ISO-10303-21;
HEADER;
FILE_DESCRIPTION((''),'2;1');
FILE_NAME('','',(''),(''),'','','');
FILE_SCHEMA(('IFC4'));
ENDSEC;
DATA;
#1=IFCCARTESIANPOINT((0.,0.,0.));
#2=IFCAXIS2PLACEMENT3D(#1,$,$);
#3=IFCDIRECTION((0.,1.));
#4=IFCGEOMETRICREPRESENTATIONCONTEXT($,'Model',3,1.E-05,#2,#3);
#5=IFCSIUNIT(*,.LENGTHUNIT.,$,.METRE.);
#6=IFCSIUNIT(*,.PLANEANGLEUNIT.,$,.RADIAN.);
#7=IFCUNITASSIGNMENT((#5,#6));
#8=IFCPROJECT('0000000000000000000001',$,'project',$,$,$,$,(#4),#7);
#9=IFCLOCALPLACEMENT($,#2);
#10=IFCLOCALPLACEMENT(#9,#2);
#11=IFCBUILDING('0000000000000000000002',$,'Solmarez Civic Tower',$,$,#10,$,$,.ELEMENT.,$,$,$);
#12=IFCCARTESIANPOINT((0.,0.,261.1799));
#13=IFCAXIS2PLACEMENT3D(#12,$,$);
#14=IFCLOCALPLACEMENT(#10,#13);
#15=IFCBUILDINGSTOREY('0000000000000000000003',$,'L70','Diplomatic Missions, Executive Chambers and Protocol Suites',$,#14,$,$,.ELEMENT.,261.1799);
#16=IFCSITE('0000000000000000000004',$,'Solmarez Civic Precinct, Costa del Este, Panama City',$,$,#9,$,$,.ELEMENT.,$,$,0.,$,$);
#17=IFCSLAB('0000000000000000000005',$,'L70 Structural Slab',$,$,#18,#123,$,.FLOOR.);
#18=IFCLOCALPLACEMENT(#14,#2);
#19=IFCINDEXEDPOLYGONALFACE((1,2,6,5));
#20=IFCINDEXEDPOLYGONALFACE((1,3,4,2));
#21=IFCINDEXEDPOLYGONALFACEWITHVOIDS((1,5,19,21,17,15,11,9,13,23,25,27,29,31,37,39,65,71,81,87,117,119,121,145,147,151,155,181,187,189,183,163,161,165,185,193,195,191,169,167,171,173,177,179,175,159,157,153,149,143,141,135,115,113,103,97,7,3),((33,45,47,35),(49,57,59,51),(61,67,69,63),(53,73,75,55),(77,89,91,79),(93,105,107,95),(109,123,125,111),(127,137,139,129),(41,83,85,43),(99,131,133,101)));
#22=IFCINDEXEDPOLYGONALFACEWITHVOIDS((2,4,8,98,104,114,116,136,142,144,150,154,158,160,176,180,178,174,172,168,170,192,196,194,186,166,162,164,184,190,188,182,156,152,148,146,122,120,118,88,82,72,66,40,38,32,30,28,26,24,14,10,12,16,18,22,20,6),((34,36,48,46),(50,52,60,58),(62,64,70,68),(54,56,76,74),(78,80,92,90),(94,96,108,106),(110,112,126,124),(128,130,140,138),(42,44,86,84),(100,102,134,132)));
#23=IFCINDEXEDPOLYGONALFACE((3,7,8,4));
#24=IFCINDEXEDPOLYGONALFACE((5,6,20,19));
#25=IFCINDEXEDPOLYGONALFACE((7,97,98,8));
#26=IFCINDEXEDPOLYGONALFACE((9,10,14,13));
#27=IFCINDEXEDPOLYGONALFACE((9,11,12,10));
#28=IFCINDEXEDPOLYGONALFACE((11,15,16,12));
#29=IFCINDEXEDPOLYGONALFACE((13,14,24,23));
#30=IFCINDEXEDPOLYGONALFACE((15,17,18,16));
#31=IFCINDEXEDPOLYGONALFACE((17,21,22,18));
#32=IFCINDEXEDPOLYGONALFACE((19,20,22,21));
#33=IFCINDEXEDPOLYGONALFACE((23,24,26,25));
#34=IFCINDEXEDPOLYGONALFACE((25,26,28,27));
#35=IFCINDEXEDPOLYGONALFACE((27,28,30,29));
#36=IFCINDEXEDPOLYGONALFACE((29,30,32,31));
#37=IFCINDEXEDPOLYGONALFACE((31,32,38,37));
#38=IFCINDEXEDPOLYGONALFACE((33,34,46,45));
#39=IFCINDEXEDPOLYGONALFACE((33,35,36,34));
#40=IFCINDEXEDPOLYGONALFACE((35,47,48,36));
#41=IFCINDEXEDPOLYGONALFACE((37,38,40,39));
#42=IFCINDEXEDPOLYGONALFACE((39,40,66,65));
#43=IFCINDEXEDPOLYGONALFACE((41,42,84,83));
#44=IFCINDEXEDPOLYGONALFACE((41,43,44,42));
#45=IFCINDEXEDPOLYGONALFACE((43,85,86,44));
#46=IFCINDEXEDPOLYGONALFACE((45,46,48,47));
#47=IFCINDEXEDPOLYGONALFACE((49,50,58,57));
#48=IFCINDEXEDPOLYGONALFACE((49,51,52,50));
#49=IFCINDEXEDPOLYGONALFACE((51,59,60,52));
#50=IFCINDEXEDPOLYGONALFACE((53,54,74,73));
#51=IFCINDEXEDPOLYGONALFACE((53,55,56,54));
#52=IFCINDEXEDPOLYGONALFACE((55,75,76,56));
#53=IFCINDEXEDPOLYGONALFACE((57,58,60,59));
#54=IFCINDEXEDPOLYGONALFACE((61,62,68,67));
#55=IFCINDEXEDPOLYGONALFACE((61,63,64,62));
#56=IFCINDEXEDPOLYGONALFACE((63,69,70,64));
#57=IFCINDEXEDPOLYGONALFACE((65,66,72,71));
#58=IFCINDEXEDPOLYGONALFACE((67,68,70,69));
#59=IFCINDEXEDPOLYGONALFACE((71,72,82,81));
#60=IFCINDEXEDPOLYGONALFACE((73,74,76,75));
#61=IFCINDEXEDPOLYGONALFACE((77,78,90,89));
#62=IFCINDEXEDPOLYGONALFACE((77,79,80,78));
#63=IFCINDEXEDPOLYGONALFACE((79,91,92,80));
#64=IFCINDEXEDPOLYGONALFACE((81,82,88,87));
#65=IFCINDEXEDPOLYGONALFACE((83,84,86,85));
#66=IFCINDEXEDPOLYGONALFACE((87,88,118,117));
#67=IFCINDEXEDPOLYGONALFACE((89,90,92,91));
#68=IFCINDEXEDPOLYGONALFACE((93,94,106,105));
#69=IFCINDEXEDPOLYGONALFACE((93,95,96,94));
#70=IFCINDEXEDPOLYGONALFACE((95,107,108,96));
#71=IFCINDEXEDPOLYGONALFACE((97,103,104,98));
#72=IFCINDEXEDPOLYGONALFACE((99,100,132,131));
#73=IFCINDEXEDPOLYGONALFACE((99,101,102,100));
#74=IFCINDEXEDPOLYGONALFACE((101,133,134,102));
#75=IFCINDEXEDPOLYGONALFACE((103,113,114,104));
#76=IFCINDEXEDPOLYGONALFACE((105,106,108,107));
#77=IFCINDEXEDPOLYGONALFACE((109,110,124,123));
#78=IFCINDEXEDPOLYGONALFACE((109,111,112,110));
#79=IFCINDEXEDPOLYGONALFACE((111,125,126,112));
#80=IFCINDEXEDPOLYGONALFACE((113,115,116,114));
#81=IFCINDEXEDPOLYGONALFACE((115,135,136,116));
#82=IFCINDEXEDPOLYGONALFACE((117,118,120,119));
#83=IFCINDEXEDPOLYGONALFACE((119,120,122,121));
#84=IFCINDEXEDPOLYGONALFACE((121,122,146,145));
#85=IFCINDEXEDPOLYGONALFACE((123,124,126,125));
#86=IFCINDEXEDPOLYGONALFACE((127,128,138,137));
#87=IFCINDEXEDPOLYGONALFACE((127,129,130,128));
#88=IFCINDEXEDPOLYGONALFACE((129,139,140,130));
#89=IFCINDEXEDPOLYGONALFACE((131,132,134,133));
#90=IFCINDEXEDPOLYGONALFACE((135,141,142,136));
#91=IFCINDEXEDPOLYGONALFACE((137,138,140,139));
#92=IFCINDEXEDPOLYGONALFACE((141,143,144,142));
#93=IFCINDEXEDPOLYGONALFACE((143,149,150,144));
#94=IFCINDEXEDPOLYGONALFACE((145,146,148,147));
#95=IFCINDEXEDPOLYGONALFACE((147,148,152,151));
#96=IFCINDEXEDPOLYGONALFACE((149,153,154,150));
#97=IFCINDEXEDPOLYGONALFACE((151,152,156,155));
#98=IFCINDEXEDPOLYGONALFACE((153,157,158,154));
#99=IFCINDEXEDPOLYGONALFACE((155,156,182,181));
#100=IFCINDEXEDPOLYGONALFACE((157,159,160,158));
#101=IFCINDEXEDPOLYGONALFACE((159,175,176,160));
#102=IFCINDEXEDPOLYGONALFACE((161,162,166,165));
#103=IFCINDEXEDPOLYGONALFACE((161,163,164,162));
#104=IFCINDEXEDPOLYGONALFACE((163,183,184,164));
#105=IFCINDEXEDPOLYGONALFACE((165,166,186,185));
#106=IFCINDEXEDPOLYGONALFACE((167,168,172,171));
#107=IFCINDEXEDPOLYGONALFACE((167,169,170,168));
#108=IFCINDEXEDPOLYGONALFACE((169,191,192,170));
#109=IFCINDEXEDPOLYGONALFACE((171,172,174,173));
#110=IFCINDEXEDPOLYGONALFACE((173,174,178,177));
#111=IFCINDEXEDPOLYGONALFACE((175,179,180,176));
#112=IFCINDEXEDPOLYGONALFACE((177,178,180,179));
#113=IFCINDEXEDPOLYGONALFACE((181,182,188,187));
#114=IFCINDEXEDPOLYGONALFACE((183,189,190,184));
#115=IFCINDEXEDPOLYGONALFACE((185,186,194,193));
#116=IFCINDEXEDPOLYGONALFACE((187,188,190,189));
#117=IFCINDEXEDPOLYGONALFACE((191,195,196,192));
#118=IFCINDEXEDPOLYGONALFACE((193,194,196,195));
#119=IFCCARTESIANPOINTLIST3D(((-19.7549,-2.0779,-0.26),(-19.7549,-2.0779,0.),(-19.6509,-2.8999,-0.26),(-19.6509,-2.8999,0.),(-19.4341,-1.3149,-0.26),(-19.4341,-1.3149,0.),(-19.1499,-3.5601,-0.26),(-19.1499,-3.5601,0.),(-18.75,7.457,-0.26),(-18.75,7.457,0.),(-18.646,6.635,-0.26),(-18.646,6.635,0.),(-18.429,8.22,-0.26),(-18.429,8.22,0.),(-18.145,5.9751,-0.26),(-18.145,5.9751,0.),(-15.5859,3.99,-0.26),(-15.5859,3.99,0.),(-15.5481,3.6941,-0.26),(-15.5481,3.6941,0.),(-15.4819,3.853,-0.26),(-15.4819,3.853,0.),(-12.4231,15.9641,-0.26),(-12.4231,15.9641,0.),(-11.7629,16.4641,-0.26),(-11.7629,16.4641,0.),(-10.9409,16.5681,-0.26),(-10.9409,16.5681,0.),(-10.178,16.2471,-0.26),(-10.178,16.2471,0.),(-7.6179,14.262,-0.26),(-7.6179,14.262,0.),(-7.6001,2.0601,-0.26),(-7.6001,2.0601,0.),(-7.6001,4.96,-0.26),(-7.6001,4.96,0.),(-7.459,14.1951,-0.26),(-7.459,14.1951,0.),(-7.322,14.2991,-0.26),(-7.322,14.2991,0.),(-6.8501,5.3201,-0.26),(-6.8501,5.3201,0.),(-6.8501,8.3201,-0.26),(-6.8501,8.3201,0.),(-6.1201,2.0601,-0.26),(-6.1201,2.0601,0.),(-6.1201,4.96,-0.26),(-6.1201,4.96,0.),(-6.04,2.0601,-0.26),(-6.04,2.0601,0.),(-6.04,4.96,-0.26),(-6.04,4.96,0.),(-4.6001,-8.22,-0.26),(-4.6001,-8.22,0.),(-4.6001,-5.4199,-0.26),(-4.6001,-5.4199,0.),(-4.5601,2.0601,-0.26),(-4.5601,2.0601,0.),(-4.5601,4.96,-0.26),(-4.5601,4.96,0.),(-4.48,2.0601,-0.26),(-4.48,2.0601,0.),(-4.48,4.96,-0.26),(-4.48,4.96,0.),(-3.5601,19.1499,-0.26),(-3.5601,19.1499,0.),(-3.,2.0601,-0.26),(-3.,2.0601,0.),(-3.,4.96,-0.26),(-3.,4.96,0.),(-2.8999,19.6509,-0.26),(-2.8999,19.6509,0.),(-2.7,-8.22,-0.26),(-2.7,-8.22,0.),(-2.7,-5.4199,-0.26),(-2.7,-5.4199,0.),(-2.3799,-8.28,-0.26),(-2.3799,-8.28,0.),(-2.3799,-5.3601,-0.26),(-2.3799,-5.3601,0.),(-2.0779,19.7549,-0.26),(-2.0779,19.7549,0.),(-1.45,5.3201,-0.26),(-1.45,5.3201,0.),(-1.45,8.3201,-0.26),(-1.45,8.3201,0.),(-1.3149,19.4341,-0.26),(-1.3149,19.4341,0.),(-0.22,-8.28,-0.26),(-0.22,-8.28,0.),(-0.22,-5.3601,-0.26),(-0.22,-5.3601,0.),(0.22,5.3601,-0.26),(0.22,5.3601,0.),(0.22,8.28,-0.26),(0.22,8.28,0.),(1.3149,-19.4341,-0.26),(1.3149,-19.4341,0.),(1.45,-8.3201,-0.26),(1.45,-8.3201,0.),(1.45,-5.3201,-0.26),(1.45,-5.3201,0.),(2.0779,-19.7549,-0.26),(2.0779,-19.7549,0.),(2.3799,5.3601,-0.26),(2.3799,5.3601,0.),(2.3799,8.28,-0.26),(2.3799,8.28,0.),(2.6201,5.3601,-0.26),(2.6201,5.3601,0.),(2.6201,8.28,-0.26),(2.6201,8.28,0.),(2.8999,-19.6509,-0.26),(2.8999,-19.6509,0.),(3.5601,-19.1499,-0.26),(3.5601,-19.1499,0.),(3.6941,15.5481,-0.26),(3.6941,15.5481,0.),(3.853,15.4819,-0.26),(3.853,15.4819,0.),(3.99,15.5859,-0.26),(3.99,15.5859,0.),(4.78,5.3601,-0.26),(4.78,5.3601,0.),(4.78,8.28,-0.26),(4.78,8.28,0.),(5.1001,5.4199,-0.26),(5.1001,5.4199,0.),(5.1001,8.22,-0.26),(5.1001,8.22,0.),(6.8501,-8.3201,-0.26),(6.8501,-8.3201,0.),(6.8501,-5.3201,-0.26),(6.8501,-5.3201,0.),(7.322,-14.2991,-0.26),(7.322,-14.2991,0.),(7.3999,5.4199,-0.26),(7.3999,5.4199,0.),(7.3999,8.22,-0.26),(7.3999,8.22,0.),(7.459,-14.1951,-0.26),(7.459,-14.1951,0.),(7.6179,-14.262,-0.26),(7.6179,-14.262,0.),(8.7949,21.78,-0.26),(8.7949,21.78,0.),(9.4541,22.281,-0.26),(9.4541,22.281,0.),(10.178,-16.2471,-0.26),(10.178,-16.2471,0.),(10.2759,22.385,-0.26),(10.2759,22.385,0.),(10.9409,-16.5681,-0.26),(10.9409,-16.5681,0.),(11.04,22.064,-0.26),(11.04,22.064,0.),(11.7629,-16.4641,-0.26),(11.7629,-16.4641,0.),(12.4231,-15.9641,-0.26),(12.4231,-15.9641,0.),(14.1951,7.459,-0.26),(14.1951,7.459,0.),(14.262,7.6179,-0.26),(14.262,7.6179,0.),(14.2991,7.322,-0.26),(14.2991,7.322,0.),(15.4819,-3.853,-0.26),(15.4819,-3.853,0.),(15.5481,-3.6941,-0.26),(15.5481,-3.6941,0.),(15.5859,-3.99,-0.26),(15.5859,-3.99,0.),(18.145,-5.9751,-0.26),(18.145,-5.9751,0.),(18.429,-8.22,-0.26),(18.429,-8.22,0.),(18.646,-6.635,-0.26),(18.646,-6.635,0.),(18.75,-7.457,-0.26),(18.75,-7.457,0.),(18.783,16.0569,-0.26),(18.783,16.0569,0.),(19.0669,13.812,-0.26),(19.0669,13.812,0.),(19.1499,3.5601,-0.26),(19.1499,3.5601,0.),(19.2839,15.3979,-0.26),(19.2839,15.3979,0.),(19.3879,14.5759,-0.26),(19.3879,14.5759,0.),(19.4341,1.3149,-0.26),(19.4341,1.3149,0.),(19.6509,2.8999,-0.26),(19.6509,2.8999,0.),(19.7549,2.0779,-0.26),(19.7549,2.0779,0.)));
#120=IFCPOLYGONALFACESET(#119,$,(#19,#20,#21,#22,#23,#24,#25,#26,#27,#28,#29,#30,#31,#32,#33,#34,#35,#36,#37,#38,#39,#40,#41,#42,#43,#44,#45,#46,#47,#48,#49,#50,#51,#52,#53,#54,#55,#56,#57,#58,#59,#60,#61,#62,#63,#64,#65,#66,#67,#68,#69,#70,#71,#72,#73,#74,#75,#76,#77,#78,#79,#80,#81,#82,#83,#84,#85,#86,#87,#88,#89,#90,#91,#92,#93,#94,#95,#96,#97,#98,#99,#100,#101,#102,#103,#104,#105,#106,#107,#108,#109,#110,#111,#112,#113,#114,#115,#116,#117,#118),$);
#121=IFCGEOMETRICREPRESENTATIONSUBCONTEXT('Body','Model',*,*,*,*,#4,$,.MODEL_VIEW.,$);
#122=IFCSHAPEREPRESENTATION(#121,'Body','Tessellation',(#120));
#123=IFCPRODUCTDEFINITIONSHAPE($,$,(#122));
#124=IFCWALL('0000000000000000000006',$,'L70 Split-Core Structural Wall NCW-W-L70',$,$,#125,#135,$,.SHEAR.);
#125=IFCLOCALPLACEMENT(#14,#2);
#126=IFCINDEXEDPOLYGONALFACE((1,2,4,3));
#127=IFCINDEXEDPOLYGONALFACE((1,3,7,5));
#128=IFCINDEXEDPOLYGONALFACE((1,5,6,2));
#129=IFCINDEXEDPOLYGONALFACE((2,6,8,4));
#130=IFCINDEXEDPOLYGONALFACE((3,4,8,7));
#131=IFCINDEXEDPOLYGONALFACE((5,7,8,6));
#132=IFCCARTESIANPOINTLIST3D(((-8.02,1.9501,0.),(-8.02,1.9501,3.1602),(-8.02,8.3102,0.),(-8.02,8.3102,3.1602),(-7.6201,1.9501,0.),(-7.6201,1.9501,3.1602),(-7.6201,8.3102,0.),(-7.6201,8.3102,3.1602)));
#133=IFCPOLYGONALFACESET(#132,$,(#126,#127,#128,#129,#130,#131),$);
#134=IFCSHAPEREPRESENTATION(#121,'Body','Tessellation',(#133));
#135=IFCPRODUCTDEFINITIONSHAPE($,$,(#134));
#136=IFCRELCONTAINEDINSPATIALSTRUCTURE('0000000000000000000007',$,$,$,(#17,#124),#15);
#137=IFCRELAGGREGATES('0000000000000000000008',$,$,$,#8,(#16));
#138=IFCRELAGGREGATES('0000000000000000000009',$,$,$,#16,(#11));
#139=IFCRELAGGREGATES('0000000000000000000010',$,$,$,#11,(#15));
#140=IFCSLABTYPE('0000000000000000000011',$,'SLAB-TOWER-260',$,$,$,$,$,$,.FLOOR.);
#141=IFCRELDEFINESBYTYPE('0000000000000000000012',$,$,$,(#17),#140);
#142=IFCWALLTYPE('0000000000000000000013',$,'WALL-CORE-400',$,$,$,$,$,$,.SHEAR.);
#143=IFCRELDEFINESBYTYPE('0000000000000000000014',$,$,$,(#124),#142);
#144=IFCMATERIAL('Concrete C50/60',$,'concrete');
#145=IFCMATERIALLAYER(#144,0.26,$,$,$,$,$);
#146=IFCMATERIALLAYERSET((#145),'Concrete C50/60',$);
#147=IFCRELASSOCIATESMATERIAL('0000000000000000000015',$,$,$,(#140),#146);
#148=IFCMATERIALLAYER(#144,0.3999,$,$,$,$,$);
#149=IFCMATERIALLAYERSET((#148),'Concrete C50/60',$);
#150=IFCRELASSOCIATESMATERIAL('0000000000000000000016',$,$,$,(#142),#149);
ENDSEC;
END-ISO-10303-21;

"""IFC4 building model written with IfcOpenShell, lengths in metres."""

from ifc_helpers import new_model, si_unit, direction, frame, frame_2d, origin, place, context, subcontext, project, spatial, polyline, rectangle, outline, extrude, material, layer, layer_set, type_object, element, save


model = new_model("IFC4")

# Units and contexts
model_context = context("Model", 3, precision=1e-05, world=origin(), true_north=direction((0.0, 1.0)))
body_context = subcontext(model_context, "Body", "Model", "MODEL_VIEW")
ifc_project = project(units=[si_unit("LENGTHUNIT", "METRE"), si_unit("PLANEANGLEUNIT", "RADIAN")], contexts=[model_context])

# Site, building, storey
site_placement = place(None, origin())
site = spatial("IfcSite", under=ifc_project, at=site_placement, Name="Solmarez Civic Precinct, Costa del Este, Panama City", CompositionType="ELEMENT", RefElevation=0.0)
building_placement = place(site_placement, origin())
building = spatial("IfcBuilding", under=site, at=building_placement, Name="Solmarez Civic Tower", CompositionType="ELEMENT")
storey_placement = place(building_placement, frame((0.0, 0.0, 261.1799)))
storey = spatial("IfcBuildingStorey", under=building, at=storey_placement, Name="L70", Description="Diplomatic Missions, Executive Chambers and Protocol Suites", CompositionType="ELEMENT", Elevation=261.1799)

# Shared definitions
ifc_material_1 = material(Name="Concrete C50/60", Category="concrete")

# Slab
ifc_layer_1 = layer(ifc_material_1, 0.26)
ifc_layer_set_1 = layer_set([ifc_layer_1], Name="Concrete C50/60")
slab_type_1 = type_object("IfcSlabType", Name="SLAB-TOWER-260", PredefinedType="FLOOR", material=ifc_layer_set_1)
slab_1_placement = place(storey_placement, frame((0.0, 0.0, -0.26)))
element("IfcSlab", 1, at=slab_1_placement, inside=storey, type_object=slab_type_1, Name="L70 Structural Slab", PredefinedType="FLOOR", context=body_context, shape_type="SweptSolid", body=[
    extrude(outline(polyline([(7.6179, -14.262), (10.178, -16.2471), (10.9409, -16.5681), (11.7629, -16.4641), (12.4231, -15.9641), (18.429, -8.22), (18.75, -7.457), (18.646, -6.635), (18.145, -5.9751), (15.5859, -3.99), (15.4819, -3.853), (15.5481, -3.6941), (19.4341, 1.3149), (19.7549, 2.0779), (19.6509, 2.8999), (19.1499, 3.5601), (14.2991, 7.322), (14.1951, 7.459), (14.262, 7.6179), (19.0669, 13.812), (19.3879, 14.5759), (19.2839, 15.3979), (18.783, 16.0569), (11.04, 22.064), (10.2759, 22.385), (9.4541, 22.281), (8.7949, 21.78), (3.99, 15.5859), (3.853, 15.4819), (3.6941, 15.5481), (-1.3149, 19.4341), (-2.0779, 19.7549), (-2.8999, 19.6509), (-3.5601, 19.1499), (-7.322, 14.2991), (-7.459, 14.1951), (-7.6179, 14.262), (-10.178, 16.2471), (-10.9409, 16.5681), (-11.7629, 16.4641), (-12.4231, 15.9641), (-18.429, 8.22), (-18.75, 7.457), (-18.646, 6.635), (-18.145, 5.9751), (-15.5859, 3.99), (-15.4819, 3.853), (-15.5481, 3.6941), (-19.4341, -1.3149), (-19.7549, -2.0779), (-19.6509, -2.8999), (-19.1499, -3.5601), (1.3149, -19.4341), (2.0779, -19.7549), (2.8999, -19.6509), (3.5601, -19.1499), (7.322, -14.2991), (7.459, -14.1951), (7.6179, -14.262)]), holes=[polyline([(-1.45, 8.3201), (-6.8501, 8.3201), (-6.8501, 5.3201), (-1.45, 5.3201), (-1.45, 8.3201)]), polyline([(1.45, -8.3201), (6.8501, -8.3201), (6.8501, -5.3201), (1.45, -5.3201), (1.45, -8.3201)]), polyline([(0.22, 5.3601), (2.3799, 5.3601), (2.3799, 8.28), (0.22, 8.28), (0.22, 5.3601)]), polyline([(2.6201, 5.3601), (4.78, 5.3601), (4.78, 8.28), (2.6201, 8.28), (2.6201, 5.3601)]), polyline([(-2.3799, -8.28), (-0.22, -8.28), (-0.22, -5.3601), (-2.3799, -5.3601), (-2.3799, -8.28)]), polyline([(-7.6001, 2.0601), (-6.1201, 2.0601), (-6.1201, 4.96), (-7.6001, 4.96), (-7.6001, 2.0601)]), polyline([(-6.04, 2.0601), (-4.5601, 2.0601), (-4.5601, 4.96), (-6.04, 4.96), (-6.04, 2.0601)]), polyline([(-4.48, 2.0601), (-3.0, 2.0601), (-3.0, 4.96), (-4.48, 4.96), (-4.48, 2.0601)]), polyline([(5.1001, 5.4199), (7.3999, 5.4199), (7.3999, 8.22), (5.1001, 8.22), (5.1001, 5.4199)]), polyline([(-4.6001, -8.22), (-2.7, -8.22), (-2.7, -5.4199), (-4.6001, -5.4199), (-4.6001, -8.22)])]), origin(), (0.0, 0.0, 1.0), 0.26),
])

# Wall
ifc_layer_2 = layer(ifc_material_1, 0.3999)
ifc_layer_set_2 = layer_set([ifc_layer_2], Name="Concrete C50/60")
wall_type_1 = type_object("IfcWallType", Name="WALL-CORE-400", PredefinedType="SHEAR", material=ifc_layer_set_2)
wall_1_placement = place(storey_placement, frame((-7.8201, 1.95, 0.0), z_axis=(0.0, 0.0, 1.0), x_axis=(0.0, 1.0, 0.0)))
element("IfcWall", 2, at=wall_1_placement, inside=storey, type_object=wall_type_1, Name="L70 Split-Core Structural Wall NCW-W-L70", PredefinedType="SHEAR", context=body_context, shape_type="SweptSolid", body=[
    extrude(rectangle(XDim=6.3601, YDim=0.3999, at=frame_2d((3.1802, 0.0))), origin(), (0.0, 0.0, 1.0), 3.1602),
])

save(model, "model.ifc")
